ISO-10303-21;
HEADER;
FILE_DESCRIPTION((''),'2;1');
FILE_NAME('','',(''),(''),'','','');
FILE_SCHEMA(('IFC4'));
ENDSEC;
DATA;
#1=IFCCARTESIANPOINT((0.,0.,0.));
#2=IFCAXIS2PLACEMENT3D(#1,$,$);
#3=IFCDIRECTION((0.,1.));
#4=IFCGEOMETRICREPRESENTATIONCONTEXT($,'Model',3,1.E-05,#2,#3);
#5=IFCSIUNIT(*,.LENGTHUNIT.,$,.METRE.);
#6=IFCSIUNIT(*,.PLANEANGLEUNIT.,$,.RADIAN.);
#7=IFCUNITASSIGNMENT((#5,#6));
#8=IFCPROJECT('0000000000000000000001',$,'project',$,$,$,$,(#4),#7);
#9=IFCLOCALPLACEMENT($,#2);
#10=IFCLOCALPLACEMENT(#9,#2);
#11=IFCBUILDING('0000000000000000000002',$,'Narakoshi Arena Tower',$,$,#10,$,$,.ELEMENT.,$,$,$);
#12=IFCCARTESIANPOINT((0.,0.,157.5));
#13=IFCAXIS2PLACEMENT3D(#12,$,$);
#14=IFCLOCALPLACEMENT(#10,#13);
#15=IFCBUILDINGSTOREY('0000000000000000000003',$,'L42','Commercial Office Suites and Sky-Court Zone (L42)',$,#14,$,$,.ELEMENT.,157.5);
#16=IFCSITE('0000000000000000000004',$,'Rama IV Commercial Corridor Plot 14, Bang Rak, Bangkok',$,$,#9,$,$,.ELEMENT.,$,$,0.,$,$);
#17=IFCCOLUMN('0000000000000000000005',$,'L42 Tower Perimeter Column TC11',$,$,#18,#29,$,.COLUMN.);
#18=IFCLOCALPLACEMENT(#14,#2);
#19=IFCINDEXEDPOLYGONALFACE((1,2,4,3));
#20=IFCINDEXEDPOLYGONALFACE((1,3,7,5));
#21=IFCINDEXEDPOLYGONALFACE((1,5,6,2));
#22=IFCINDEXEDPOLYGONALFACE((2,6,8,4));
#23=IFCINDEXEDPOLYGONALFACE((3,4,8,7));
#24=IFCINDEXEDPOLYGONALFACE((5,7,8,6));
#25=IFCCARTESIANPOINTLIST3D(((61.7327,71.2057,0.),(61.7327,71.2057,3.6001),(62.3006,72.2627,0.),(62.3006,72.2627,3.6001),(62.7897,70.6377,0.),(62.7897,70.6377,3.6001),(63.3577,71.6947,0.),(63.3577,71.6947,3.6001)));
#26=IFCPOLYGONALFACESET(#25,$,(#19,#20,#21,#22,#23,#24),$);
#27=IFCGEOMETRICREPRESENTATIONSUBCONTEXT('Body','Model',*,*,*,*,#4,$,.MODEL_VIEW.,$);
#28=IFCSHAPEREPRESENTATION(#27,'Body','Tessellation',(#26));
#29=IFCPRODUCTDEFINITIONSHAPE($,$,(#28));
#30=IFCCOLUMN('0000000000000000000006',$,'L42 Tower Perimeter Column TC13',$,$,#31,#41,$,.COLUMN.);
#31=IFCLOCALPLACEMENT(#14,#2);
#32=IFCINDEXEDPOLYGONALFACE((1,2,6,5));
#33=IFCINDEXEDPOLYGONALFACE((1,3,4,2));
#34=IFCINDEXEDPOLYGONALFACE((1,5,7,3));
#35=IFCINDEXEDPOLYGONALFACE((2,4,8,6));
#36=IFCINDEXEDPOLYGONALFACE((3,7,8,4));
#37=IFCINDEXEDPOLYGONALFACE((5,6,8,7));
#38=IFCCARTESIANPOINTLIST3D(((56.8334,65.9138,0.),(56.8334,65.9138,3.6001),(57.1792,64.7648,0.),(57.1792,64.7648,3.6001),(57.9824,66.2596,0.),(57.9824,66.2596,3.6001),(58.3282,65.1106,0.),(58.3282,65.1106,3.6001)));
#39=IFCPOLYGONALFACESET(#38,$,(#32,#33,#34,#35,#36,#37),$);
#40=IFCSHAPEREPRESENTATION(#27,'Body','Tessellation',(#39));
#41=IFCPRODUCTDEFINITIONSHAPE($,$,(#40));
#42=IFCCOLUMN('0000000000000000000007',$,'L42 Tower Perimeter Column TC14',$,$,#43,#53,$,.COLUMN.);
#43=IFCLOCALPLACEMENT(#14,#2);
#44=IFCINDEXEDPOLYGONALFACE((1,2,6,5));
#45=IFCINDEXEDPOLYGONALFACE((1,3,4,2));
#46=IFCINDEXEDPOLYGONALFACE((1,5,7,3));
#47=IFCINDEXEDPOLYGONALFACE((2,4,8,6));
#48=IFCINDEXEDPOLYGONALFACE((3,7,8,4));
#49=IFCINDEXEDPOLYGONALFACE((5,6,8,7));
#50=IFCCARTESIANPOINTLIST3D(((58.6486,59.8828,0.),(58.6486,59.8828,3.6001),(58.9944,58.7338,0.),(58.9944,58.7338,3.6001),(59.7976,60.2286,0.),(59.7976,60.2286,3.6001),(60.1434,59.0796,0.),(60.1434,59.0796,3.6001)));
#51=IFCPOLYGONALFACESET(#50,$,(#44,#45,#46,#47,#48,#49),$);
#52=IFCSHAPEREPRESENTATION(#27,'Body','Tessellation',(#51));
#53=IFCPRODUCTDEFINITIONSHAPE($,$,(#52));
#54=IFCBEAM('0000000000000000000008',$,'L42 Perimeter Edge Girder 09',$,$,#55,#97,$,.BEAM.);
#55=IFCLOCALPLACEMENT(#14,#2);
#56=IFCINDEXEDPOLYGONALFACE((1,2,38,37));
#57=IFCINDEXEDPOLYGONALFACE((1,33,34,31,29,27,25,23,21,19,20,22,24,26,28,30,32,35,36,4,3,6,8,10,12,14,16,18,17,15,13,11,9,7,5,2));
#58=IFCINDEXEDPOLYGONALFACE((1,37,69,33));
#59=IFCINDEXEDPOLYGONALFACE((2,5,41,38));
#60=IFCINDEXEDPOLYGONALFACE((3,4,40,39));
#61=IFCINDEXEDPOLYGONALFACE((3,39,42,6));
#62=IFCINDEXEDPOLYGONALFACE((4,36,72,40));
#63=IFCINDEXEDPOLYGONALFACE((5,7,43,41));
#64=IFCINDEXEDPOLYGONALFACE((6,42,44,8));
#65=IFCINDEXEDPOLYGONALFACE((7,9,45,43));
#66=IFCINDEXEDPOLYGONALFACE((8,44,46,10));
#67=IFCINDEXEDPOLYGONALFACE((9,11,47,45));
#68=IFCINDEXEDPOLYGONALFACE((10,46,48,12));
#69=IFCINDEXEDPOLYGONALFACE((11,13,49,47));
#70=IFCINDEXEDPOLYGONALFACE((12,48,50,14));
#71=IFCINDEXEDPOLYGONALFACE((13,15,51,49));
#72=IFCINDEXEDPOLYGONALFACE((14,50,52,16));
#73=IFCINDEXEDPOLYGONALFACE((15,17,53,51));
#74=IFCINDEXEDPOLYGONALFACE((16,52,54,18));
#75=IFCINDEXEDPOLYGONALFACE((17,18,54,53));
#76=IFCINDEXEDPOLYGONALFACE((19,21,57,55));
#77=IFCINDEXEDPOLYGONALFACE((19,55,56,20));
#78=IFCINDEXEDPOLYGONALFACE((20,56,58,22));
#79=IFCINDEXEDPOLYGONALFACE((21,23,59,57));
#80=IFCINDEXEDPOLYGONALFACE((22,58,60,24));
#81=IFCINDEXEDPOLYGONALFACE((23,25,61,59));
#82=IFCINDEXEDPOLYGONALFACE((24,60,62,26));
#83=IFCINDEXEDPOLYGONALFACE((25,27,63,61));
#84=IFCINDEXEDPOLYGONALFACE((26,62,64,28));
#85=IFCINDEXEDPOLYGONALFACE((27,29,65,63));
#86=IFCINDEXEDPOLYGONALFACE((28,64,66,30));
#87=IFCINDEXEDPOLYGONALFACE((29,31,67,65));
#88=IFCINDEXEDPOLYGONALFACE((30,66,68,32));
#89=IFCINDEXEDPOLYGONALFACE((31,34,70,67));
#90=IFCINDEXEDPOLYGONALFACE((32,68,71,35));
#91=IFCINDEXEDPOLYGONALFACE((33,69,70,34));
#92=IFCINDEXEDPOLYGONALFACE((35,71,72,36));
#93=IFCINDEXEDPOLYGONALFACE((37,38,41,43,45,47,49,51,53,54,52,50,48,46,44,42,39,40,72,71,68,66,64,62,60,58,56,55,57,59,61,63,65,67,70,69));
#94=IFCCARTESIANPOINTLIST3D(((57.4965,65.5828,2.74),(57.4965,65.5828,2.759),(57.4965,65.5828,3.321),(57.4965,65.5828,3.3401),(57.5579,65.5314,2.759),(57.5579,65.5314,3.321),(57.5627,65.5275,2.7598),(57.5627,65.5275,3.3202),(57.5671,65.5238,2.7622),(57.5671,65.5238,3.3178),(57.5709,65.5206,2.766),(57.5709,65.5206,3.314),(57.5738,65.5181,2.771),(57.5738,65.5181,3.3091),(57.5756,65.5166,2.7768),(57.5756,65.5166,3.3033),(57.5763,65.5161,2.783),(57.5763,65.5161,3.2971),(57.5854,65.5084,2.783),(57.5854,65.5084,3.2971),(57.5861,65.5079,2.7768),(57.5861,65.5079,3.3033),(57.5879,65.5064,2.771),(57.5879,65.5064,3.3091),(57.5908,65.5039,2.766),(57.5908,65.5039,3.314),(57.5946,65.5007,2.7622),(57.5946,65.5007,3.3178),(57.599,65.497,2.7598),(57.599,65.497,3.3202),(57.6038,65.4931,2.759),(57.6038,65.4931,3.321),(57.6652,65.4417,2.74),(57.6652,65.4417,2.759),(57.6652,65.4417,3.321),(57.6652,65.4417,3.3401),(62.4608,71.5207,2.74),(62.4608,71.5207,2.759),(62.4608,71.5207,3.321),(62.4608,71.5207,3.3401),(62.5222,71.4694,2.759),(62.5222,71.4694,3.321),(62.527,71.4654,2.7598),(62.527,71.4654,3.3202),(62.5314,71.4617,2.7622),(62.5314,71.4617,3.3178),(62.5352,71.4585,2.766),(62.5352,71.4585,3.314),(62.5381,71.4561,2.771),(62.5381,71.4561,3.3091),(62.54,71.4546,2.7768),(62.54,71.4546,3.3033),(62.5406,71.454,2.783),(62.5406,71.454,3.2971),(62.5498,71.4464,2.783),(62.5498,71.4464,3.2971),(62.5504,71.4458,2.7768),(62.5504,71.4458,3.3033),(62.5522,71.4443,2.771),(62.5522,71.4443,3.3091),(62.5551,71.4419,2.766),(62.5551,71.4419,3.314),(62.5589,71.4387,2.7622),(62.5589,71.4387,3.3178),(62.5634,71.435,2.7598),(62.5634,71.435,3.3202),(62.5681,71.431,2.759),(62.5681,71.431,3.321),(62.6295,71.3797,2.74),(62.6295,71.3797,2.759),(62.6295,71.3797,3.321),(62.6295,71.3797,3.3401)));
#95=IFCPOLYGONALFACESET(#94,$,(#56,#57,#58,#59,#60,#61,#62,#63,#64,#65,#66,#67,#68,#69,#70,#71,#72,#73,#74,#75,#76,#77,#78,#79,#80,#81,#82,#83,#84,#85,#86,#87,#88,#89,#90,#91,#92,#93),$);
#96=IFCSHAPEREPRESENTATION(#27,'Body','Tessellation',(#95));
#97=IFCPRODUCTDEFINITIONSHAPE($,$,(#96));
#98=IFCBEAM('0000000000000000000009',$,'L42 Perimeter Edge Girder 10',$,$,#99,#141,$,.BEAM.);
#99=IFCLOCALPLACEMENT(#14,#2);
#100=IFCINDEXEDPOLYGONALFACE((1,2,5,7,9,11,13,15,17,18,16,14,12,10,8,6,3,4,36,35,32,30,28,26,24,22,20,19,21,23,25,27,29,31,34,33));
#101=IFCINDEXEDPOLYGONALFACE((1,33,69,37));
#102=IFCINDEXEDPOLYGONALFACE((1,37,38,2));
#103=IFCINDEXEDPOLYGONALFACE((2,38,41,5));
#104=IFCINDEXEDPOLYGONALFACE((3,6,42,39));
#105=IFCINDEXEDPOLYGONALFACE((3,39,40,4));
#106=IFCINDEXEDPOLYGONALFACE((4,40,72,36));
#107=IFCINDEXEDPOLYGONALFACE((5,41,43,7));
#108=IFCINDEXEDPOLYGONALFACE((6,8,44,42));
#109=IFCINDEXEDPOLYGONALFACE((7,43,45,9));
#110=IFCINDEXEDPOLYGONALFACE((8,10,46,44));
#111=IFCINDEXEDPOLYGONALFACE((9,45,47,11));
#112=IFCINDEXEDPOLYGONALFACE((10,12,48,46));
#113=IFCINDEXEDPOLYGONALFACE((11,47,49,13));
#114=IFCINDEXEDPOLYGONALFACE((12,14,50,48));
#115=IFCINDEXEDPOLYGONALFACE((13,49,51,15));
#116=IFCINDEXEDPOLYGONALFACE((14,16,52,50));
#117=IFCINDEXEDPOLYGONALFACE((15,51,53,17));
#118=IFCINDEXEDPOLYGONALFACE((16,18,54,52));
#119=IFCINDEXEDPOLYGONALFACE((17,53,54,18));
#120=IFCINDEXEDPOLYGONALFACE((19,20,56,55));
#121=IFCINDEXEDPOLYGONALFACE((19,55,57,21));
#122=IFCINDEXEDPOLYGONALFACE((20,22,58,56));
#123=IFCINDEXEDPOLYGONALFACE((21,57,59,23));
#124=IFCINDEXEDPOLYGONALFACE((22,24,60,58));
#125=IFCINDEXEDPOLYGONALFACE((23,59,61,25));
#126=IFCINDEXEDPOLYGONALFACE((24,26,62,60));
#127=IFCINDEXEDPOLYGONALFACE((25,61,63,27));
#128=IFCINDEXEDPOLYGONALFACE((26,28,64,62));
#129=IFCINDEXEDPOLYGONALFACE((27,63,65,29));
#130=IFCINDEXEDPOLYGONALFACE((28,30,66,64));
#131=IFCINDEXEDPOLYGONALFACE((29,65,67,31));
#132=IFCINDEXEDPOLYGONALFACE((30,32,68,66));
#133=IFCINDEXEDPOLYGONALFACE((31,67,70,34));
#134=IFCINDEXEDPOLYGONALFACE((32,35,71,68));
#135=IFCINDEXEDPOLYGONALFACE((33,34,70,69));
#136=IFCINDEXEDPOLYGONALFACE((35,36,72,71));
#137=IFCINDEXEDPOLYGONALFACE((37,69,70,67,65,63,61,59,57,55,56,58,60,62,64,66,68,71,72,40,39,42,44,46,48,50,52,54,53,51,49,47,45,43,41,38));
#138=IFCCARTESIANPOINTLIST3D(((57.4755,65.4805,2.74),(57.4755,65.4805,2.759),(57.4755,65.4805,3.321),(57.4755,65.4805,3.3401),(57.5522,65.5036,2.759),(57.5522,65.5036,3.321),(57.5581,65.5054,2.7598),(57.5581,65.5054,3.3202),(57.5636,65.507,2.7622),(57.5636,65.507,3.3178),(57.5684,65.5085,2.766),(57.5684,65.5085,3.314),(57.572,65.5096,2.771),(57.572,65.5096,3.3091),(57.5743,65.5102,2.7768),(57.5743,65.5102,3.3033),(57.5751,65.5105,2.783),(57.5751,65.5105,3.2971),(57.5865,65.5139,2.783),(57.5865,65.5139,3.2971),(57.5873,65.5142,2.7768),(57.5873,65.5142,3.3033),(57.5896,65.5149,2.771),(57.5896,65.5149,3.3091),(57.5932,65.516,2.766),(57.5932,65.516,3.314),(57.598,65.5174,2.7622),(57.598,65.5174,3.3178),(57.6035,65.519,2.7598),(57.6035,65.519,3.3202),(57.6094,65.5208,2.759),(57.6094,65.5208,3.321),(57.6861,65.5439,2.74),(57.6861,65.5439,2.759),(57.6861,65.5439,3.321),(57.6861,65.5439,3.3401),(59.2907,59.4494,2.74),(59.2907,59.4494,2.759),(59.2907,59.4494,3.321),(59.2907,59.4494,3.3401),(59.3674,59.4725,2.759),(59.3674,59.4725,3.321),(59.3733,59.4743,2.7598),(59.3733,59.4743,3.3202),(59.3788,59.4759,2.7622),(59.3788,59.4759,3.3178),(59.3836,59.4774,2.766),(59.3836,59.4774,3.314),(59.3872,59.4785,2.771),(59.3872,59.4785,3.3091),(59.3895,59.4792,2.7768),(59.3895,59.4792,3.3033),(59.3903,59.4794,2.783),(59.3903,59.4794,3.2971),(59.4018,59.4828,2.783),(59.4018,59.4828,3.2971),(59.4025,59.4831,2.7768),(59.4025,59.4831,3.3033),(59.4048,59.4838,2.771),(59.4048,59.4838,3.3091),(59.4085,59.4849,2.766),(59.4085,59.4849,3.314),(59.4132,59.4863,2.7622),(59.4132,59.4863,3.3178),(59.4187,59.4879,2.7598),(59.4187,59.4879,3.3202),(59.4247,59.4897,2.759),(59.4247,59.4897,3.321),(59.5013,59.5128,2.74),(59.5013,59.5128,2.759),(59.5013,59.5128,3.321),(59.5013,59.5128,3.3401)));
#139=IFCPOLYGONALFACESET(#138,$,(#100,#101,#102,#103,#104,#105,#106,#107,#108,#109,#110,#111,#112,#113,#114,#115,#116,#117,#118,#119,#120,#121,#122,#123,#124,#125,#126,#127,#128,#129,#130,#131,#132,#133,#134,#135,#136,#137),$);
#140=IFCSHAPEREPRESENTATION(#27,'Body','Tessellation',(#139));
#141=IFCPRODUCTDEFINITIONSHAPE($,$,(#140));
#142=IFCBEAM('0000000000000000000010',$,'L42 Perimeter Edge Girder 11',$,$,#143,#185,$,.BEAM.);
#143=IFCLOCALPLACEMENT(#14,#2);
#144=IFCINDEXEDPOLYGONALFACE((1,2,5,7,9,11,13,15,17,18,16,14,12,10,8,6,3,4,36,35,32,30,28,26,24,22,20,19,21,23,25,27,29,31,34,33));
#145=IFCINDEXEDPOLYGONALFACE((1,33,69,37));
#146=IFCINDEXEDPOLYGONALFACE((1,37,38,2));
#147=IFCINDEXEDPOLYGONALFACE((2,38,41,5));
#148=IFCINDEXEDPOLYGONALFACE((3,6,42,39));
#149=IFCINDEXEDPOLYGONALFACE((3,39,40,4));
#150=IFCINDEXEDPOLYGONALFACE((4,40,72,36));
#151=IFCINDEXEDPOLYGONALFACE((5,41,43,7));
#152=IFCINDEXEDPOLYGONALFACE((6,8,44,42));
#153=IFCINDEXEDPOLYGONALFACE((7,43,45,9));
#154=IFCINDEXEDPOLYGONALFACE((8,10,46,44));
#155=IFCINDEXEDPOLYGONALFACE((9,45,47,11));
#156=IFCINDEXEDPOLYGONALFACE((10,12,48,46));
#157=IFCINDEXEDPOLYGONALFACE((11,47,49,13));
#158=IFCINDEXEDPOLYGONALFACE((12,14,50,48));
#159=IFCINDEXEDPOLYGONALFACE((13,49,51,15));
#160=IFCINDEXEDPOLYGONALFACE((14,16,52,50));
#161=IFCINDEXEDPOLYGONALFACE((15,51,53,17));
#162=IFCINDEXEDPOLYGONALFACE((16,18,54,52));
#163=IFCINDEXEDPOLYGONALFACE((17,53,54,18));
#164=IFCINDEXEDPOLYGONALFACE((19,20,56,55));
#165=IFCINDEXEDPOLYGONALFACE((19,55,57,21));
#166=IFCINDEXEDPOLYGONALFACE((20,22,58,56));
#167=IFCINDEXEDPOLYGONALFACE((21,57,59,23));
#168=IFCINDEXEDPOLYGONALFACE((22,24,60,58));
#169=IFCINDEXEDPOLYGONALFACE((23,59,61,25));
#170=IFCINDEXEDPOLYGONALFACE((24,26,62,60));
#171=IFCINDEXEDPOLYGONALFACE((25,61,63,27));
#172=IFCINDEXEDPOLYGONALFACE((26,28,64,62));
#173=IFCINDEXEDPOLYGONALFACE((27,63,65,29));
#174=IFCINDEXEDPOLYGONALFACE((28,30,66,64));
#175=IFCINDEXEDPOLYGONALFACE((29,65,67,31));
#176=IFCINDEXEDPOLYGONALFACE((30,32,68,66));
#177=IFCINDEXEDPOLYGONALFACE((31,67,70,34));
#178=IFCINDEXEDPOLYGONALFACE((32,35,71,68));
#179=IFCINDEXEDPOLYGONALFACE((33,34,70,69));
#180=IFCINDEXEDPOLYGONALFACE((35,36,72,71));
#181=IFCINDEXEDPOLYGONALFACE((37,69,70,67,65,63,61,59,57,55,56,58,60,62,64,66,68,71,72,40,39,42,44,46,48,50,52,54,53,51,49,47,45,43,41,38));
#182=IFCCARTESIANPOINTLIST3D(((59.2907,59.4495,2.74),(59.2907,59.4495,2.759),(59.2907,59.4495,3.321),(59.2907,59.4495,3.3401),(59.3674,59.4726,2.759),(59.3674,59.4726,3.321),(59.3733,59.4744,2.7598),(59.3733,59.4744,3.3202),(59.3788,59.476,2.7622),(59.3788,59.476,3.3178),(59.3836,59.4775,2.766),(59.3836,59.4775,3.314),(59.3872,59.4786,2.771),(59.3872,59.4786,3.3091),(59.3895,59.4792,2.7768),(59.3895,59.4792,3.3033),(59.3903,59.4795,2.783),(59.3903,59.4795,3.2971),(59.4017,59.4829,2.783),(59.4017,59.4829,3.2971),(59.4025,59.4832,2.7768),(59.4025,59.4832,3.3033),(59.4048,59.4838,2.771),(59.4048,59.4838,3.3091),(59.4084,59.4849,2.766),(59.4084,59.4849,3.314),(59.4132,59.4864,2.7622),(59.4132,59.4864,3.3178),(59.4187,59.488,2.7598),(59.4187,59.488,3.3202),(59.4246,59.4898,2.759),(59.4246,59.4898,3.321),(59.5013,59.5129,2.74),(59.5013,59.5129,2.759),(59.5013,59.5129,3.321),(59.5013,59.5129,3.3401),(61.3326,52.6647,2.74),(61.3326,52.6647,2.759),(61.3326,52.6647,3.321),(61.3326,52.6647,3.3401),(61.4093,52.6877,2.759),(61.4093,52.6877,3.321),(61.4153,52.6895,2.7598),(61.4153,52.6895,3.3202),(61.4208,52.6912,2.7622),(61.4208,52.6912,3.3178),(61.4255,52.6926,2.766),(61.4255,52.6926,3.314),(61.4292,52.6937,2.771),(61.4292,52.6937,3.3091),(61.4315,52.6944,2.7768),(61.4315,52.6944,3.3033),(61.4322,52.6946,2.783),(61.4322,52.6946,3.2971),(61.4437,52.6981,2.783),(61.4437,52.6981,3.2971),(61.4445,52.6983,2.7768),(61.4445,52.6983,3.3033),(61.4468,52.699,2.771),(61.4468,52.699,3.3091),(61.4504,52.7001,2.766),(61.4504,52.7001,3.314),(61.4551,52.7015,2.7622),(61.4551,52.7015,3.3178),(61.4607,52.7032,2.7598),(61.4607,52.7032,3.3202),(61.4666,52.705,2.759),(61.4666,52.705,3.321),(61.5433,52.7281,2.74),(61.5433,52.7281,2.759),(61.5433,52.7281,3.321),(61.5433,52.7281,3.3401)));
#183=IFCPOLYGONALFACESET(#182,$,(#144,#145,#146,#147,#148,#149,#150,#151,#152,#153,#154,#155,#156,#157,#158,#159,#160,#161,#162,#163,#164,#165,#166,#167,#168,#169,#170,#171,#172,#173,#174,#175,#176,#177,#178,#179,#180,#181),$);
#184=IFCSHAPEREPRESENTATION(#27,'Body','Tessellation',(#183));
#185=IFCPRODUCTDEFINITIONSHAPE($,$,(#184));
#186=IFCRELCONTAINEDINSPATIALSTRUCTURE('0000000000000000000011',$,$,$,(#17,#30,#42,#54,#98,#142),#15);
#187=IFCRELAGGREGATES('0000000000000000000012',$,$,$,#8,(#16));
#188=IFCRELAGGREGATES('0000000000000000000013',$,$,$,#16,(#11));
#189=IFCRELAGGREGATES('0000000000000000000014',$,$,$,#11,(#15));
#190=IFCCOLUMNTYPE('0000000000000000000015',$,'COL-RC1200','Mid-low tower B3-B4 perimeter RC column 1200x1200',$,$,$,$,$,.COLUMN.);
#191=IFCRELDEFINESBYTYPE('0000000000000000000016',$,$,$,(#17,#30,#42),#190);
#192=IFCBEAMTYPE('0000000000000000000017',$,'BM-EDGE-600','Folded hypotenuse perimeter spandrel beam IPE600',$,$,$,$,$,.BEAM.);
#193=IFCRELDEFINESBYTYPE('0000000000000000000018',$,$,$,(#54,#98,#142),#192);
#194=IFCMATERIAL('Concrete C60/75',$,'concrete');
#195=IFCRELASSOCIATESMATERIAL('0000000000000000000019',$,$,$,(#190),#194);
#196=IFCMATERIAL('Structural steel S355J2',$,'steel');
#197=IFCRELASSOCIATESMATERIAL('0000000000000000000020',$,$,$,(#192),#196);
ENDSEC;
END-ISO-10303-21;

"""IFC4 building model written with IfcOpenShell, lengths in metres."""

from ifc_helpers import new_model, si_unit, direction, frame, origin, origin_2d, place, context, subcontext, project, spatial, rectangle, i_section, extrude, material, material_profile, profile_set, type_object, element, save


model = new_model("IFC4")

# Units and contexts
model_context = context("Model", 3, precision=1e-05, world=origin(), true_north=direction((0.0, 1.0)))
body_context = subcontext(model_context, "Body", "Model", "MODEL_VIEW")
ifc_project = project(units=[si_unit("LENGTHUNIT", "METRE"), si_unit("PLANEANGLEUNIT", "RADIAN")], contexts=[model_context])

# Site, building, storey
site_placement = place(None, origin())
site = spatial("IfcSite", under=ifc_project, at=site_placement, Name="Rama IV Commercial Corridor Plot 14, Bang Rak, Bangkok", CompositionType="ELEMENT", RefElevation=0.0)
building_placement = place(site_placement, origin())
building = spatial("IfcBuilding", under=site, at=building_placement, Name="Narakoshi Arena Tower", CompositionType="ELEMENT")
storey_placement = place(building_placement, frame((0.0, 0.0, 157.5)))
storey = spatial("IfcBuildingStorey", under=building, at=storey_placement, Name="L42", Description="Commercial Office Suites and Sky-Court Zone (L42)", CompositionType="ELEMENT", Elevation=157.5)

# Columns
ifc_material_1 = material(Name="Concrete C60/75", Category="concrete")
ifc_material_profile_1 = material_profile(ifc_material_1, rectangle(XDim=1.2, YDim=1.2, at=origin_2d()), Name="RC1200x1200")
ifc_profile_set_1 = profile_set([ifc_material_profile_1], Name="Concrete C60/75")
column_type = type_object("IfcColumnType", Name="COL-RC1200", Description="Mid-low tower B3-B4 perimeter RC column 1200x1200", PredefinedType="COLUMN", material=ifc_profile_set_1)
for number, where, z_axis, x_axis, name in (
    (1, (62.5452, 71.4502, 0.0), (0.0, 0.0, 1.0), (0.47332, 0.880891, 0.0), "L42 Tower Perimeter Column TC11"),
    (2, (57.5808, 65.5122, 0.0), (0.0, 0.0, 1.0), (-0.288196, 0.957571, 0.0), "L42 Tower Perimeter Column TC13"),
    (3, (59.396, 59.4812, 0.0), (0.0, 0.0, 1.0), (-0.288196, 0.957571, 0.0), "L42 Tower Perimeter Column TC14"),
):
    element("IfcColumn", number, at=place(storey_placement, frame(where, z_axis=z_axis, x_axis=x_axis)), inside=storey, type_object=column_type, Name=name, PredefinedType="COLUMN", context=body_context, shape_type="SweptSolid", body=[
        extrude(rectangle(XDim=1.2, YDim=1.2, at=origin_2d()), origin(), (0.0, 0.0, 1.0), 3.6001),
    ])

# Beams
ifc_material_2 = material(Name="Structural steel S355J2", Category="steel")
ifc_material_profile_2 = material_profile(ifc_material_2, i_section(OverallWidth=0.22, OverallDepth=0.6001, WebThickness=0.012, FlangeThickness=0.019, FilletRadius=0.0239, at=origin_2d()), Name="IPE600")
ifc_profile_set_2 = profile_set([ifc_material_profile_2], Name="Structural steel S355J2")
beam_type_1 = type_object("IfcBeamType", Name="BM-EDGE-600", Description="Folded hypotenuse perimeter spandrel beam IPE600", PredefinedType="BEAM", material=ifc_profile_set_2)
beam_1_placement = place(storey_placement, frame((62.5452, 71.4502, 3.04), z_axis=(-0.641406, -0.767202, 0.0), x_axis=(0.767202, -0.641406, 0.0)))
element("IfcBeam", 4, at=beam_1_placement, inside=storey, type_object=beam_type_1, Name="L42 Perimeter Edge Girder 09", PredefinedType="BEAM", context=body_context, shape_type="SweptSolid", body=[
    extrude(i_section(OverallWidth=0.22, OverallDepth=0.6001, WebThickness=0.012, FlangeThickness=0.019, FilletRadius=0.0239, at=origin_2d()), origin(), (0.0, 0.0, 1.0), 7.7397),
])
beam_2_placement = place(storey_placement, frame((57.5808, 65.5122, 3.04), z_axis=(0.288205, -0.957569, 0.0), x_axis=(0.957569, 0.288205, 0.0)))
element("IfcBeam", 5, at=beam_2_placement, inside=storey, type_object=beam_type_1, Name="L42 Perimeter Edge Girder 10", PredefinedType="BEAM", context=body_context, shape_type="SweptSolid", body=[
    extrude(i_section(OverallWidth=0.22, OverallDepth=0.6001, WebThickness=0.012, FlangeThickness=0.019, FilletRadius=0.0239, at=origin_2d()), origin(), (0.0, 0.0, 1.0), 6.2983),
])
beam_3_placement = place(storey_placement, frame((59.396, 59.4812, 3.04), z_axis=(0.288192, -0.957573, 0.0), x_axis=(0.957573, 0.288192, 0.0)))
element("IfcBeam", 6, at=beam_3_placement, inside=storey, type_object=beam_type_1, Name="L42 Perimeter Edge Girder 11", PredefinedType="BEAM", context=body_context, shape_type="SweptSolid", body=[
    extrude(i_section(OverallWidth=0.22, OverallDepth=0.6001, WebThickness=0.012, FlangeThickness=0.019, FilletRadius=0.0239, at=origin_2d()), origin(), (0.0, 0.0, 1.0), 7.0854),
])

save(model, "model.ifc")
